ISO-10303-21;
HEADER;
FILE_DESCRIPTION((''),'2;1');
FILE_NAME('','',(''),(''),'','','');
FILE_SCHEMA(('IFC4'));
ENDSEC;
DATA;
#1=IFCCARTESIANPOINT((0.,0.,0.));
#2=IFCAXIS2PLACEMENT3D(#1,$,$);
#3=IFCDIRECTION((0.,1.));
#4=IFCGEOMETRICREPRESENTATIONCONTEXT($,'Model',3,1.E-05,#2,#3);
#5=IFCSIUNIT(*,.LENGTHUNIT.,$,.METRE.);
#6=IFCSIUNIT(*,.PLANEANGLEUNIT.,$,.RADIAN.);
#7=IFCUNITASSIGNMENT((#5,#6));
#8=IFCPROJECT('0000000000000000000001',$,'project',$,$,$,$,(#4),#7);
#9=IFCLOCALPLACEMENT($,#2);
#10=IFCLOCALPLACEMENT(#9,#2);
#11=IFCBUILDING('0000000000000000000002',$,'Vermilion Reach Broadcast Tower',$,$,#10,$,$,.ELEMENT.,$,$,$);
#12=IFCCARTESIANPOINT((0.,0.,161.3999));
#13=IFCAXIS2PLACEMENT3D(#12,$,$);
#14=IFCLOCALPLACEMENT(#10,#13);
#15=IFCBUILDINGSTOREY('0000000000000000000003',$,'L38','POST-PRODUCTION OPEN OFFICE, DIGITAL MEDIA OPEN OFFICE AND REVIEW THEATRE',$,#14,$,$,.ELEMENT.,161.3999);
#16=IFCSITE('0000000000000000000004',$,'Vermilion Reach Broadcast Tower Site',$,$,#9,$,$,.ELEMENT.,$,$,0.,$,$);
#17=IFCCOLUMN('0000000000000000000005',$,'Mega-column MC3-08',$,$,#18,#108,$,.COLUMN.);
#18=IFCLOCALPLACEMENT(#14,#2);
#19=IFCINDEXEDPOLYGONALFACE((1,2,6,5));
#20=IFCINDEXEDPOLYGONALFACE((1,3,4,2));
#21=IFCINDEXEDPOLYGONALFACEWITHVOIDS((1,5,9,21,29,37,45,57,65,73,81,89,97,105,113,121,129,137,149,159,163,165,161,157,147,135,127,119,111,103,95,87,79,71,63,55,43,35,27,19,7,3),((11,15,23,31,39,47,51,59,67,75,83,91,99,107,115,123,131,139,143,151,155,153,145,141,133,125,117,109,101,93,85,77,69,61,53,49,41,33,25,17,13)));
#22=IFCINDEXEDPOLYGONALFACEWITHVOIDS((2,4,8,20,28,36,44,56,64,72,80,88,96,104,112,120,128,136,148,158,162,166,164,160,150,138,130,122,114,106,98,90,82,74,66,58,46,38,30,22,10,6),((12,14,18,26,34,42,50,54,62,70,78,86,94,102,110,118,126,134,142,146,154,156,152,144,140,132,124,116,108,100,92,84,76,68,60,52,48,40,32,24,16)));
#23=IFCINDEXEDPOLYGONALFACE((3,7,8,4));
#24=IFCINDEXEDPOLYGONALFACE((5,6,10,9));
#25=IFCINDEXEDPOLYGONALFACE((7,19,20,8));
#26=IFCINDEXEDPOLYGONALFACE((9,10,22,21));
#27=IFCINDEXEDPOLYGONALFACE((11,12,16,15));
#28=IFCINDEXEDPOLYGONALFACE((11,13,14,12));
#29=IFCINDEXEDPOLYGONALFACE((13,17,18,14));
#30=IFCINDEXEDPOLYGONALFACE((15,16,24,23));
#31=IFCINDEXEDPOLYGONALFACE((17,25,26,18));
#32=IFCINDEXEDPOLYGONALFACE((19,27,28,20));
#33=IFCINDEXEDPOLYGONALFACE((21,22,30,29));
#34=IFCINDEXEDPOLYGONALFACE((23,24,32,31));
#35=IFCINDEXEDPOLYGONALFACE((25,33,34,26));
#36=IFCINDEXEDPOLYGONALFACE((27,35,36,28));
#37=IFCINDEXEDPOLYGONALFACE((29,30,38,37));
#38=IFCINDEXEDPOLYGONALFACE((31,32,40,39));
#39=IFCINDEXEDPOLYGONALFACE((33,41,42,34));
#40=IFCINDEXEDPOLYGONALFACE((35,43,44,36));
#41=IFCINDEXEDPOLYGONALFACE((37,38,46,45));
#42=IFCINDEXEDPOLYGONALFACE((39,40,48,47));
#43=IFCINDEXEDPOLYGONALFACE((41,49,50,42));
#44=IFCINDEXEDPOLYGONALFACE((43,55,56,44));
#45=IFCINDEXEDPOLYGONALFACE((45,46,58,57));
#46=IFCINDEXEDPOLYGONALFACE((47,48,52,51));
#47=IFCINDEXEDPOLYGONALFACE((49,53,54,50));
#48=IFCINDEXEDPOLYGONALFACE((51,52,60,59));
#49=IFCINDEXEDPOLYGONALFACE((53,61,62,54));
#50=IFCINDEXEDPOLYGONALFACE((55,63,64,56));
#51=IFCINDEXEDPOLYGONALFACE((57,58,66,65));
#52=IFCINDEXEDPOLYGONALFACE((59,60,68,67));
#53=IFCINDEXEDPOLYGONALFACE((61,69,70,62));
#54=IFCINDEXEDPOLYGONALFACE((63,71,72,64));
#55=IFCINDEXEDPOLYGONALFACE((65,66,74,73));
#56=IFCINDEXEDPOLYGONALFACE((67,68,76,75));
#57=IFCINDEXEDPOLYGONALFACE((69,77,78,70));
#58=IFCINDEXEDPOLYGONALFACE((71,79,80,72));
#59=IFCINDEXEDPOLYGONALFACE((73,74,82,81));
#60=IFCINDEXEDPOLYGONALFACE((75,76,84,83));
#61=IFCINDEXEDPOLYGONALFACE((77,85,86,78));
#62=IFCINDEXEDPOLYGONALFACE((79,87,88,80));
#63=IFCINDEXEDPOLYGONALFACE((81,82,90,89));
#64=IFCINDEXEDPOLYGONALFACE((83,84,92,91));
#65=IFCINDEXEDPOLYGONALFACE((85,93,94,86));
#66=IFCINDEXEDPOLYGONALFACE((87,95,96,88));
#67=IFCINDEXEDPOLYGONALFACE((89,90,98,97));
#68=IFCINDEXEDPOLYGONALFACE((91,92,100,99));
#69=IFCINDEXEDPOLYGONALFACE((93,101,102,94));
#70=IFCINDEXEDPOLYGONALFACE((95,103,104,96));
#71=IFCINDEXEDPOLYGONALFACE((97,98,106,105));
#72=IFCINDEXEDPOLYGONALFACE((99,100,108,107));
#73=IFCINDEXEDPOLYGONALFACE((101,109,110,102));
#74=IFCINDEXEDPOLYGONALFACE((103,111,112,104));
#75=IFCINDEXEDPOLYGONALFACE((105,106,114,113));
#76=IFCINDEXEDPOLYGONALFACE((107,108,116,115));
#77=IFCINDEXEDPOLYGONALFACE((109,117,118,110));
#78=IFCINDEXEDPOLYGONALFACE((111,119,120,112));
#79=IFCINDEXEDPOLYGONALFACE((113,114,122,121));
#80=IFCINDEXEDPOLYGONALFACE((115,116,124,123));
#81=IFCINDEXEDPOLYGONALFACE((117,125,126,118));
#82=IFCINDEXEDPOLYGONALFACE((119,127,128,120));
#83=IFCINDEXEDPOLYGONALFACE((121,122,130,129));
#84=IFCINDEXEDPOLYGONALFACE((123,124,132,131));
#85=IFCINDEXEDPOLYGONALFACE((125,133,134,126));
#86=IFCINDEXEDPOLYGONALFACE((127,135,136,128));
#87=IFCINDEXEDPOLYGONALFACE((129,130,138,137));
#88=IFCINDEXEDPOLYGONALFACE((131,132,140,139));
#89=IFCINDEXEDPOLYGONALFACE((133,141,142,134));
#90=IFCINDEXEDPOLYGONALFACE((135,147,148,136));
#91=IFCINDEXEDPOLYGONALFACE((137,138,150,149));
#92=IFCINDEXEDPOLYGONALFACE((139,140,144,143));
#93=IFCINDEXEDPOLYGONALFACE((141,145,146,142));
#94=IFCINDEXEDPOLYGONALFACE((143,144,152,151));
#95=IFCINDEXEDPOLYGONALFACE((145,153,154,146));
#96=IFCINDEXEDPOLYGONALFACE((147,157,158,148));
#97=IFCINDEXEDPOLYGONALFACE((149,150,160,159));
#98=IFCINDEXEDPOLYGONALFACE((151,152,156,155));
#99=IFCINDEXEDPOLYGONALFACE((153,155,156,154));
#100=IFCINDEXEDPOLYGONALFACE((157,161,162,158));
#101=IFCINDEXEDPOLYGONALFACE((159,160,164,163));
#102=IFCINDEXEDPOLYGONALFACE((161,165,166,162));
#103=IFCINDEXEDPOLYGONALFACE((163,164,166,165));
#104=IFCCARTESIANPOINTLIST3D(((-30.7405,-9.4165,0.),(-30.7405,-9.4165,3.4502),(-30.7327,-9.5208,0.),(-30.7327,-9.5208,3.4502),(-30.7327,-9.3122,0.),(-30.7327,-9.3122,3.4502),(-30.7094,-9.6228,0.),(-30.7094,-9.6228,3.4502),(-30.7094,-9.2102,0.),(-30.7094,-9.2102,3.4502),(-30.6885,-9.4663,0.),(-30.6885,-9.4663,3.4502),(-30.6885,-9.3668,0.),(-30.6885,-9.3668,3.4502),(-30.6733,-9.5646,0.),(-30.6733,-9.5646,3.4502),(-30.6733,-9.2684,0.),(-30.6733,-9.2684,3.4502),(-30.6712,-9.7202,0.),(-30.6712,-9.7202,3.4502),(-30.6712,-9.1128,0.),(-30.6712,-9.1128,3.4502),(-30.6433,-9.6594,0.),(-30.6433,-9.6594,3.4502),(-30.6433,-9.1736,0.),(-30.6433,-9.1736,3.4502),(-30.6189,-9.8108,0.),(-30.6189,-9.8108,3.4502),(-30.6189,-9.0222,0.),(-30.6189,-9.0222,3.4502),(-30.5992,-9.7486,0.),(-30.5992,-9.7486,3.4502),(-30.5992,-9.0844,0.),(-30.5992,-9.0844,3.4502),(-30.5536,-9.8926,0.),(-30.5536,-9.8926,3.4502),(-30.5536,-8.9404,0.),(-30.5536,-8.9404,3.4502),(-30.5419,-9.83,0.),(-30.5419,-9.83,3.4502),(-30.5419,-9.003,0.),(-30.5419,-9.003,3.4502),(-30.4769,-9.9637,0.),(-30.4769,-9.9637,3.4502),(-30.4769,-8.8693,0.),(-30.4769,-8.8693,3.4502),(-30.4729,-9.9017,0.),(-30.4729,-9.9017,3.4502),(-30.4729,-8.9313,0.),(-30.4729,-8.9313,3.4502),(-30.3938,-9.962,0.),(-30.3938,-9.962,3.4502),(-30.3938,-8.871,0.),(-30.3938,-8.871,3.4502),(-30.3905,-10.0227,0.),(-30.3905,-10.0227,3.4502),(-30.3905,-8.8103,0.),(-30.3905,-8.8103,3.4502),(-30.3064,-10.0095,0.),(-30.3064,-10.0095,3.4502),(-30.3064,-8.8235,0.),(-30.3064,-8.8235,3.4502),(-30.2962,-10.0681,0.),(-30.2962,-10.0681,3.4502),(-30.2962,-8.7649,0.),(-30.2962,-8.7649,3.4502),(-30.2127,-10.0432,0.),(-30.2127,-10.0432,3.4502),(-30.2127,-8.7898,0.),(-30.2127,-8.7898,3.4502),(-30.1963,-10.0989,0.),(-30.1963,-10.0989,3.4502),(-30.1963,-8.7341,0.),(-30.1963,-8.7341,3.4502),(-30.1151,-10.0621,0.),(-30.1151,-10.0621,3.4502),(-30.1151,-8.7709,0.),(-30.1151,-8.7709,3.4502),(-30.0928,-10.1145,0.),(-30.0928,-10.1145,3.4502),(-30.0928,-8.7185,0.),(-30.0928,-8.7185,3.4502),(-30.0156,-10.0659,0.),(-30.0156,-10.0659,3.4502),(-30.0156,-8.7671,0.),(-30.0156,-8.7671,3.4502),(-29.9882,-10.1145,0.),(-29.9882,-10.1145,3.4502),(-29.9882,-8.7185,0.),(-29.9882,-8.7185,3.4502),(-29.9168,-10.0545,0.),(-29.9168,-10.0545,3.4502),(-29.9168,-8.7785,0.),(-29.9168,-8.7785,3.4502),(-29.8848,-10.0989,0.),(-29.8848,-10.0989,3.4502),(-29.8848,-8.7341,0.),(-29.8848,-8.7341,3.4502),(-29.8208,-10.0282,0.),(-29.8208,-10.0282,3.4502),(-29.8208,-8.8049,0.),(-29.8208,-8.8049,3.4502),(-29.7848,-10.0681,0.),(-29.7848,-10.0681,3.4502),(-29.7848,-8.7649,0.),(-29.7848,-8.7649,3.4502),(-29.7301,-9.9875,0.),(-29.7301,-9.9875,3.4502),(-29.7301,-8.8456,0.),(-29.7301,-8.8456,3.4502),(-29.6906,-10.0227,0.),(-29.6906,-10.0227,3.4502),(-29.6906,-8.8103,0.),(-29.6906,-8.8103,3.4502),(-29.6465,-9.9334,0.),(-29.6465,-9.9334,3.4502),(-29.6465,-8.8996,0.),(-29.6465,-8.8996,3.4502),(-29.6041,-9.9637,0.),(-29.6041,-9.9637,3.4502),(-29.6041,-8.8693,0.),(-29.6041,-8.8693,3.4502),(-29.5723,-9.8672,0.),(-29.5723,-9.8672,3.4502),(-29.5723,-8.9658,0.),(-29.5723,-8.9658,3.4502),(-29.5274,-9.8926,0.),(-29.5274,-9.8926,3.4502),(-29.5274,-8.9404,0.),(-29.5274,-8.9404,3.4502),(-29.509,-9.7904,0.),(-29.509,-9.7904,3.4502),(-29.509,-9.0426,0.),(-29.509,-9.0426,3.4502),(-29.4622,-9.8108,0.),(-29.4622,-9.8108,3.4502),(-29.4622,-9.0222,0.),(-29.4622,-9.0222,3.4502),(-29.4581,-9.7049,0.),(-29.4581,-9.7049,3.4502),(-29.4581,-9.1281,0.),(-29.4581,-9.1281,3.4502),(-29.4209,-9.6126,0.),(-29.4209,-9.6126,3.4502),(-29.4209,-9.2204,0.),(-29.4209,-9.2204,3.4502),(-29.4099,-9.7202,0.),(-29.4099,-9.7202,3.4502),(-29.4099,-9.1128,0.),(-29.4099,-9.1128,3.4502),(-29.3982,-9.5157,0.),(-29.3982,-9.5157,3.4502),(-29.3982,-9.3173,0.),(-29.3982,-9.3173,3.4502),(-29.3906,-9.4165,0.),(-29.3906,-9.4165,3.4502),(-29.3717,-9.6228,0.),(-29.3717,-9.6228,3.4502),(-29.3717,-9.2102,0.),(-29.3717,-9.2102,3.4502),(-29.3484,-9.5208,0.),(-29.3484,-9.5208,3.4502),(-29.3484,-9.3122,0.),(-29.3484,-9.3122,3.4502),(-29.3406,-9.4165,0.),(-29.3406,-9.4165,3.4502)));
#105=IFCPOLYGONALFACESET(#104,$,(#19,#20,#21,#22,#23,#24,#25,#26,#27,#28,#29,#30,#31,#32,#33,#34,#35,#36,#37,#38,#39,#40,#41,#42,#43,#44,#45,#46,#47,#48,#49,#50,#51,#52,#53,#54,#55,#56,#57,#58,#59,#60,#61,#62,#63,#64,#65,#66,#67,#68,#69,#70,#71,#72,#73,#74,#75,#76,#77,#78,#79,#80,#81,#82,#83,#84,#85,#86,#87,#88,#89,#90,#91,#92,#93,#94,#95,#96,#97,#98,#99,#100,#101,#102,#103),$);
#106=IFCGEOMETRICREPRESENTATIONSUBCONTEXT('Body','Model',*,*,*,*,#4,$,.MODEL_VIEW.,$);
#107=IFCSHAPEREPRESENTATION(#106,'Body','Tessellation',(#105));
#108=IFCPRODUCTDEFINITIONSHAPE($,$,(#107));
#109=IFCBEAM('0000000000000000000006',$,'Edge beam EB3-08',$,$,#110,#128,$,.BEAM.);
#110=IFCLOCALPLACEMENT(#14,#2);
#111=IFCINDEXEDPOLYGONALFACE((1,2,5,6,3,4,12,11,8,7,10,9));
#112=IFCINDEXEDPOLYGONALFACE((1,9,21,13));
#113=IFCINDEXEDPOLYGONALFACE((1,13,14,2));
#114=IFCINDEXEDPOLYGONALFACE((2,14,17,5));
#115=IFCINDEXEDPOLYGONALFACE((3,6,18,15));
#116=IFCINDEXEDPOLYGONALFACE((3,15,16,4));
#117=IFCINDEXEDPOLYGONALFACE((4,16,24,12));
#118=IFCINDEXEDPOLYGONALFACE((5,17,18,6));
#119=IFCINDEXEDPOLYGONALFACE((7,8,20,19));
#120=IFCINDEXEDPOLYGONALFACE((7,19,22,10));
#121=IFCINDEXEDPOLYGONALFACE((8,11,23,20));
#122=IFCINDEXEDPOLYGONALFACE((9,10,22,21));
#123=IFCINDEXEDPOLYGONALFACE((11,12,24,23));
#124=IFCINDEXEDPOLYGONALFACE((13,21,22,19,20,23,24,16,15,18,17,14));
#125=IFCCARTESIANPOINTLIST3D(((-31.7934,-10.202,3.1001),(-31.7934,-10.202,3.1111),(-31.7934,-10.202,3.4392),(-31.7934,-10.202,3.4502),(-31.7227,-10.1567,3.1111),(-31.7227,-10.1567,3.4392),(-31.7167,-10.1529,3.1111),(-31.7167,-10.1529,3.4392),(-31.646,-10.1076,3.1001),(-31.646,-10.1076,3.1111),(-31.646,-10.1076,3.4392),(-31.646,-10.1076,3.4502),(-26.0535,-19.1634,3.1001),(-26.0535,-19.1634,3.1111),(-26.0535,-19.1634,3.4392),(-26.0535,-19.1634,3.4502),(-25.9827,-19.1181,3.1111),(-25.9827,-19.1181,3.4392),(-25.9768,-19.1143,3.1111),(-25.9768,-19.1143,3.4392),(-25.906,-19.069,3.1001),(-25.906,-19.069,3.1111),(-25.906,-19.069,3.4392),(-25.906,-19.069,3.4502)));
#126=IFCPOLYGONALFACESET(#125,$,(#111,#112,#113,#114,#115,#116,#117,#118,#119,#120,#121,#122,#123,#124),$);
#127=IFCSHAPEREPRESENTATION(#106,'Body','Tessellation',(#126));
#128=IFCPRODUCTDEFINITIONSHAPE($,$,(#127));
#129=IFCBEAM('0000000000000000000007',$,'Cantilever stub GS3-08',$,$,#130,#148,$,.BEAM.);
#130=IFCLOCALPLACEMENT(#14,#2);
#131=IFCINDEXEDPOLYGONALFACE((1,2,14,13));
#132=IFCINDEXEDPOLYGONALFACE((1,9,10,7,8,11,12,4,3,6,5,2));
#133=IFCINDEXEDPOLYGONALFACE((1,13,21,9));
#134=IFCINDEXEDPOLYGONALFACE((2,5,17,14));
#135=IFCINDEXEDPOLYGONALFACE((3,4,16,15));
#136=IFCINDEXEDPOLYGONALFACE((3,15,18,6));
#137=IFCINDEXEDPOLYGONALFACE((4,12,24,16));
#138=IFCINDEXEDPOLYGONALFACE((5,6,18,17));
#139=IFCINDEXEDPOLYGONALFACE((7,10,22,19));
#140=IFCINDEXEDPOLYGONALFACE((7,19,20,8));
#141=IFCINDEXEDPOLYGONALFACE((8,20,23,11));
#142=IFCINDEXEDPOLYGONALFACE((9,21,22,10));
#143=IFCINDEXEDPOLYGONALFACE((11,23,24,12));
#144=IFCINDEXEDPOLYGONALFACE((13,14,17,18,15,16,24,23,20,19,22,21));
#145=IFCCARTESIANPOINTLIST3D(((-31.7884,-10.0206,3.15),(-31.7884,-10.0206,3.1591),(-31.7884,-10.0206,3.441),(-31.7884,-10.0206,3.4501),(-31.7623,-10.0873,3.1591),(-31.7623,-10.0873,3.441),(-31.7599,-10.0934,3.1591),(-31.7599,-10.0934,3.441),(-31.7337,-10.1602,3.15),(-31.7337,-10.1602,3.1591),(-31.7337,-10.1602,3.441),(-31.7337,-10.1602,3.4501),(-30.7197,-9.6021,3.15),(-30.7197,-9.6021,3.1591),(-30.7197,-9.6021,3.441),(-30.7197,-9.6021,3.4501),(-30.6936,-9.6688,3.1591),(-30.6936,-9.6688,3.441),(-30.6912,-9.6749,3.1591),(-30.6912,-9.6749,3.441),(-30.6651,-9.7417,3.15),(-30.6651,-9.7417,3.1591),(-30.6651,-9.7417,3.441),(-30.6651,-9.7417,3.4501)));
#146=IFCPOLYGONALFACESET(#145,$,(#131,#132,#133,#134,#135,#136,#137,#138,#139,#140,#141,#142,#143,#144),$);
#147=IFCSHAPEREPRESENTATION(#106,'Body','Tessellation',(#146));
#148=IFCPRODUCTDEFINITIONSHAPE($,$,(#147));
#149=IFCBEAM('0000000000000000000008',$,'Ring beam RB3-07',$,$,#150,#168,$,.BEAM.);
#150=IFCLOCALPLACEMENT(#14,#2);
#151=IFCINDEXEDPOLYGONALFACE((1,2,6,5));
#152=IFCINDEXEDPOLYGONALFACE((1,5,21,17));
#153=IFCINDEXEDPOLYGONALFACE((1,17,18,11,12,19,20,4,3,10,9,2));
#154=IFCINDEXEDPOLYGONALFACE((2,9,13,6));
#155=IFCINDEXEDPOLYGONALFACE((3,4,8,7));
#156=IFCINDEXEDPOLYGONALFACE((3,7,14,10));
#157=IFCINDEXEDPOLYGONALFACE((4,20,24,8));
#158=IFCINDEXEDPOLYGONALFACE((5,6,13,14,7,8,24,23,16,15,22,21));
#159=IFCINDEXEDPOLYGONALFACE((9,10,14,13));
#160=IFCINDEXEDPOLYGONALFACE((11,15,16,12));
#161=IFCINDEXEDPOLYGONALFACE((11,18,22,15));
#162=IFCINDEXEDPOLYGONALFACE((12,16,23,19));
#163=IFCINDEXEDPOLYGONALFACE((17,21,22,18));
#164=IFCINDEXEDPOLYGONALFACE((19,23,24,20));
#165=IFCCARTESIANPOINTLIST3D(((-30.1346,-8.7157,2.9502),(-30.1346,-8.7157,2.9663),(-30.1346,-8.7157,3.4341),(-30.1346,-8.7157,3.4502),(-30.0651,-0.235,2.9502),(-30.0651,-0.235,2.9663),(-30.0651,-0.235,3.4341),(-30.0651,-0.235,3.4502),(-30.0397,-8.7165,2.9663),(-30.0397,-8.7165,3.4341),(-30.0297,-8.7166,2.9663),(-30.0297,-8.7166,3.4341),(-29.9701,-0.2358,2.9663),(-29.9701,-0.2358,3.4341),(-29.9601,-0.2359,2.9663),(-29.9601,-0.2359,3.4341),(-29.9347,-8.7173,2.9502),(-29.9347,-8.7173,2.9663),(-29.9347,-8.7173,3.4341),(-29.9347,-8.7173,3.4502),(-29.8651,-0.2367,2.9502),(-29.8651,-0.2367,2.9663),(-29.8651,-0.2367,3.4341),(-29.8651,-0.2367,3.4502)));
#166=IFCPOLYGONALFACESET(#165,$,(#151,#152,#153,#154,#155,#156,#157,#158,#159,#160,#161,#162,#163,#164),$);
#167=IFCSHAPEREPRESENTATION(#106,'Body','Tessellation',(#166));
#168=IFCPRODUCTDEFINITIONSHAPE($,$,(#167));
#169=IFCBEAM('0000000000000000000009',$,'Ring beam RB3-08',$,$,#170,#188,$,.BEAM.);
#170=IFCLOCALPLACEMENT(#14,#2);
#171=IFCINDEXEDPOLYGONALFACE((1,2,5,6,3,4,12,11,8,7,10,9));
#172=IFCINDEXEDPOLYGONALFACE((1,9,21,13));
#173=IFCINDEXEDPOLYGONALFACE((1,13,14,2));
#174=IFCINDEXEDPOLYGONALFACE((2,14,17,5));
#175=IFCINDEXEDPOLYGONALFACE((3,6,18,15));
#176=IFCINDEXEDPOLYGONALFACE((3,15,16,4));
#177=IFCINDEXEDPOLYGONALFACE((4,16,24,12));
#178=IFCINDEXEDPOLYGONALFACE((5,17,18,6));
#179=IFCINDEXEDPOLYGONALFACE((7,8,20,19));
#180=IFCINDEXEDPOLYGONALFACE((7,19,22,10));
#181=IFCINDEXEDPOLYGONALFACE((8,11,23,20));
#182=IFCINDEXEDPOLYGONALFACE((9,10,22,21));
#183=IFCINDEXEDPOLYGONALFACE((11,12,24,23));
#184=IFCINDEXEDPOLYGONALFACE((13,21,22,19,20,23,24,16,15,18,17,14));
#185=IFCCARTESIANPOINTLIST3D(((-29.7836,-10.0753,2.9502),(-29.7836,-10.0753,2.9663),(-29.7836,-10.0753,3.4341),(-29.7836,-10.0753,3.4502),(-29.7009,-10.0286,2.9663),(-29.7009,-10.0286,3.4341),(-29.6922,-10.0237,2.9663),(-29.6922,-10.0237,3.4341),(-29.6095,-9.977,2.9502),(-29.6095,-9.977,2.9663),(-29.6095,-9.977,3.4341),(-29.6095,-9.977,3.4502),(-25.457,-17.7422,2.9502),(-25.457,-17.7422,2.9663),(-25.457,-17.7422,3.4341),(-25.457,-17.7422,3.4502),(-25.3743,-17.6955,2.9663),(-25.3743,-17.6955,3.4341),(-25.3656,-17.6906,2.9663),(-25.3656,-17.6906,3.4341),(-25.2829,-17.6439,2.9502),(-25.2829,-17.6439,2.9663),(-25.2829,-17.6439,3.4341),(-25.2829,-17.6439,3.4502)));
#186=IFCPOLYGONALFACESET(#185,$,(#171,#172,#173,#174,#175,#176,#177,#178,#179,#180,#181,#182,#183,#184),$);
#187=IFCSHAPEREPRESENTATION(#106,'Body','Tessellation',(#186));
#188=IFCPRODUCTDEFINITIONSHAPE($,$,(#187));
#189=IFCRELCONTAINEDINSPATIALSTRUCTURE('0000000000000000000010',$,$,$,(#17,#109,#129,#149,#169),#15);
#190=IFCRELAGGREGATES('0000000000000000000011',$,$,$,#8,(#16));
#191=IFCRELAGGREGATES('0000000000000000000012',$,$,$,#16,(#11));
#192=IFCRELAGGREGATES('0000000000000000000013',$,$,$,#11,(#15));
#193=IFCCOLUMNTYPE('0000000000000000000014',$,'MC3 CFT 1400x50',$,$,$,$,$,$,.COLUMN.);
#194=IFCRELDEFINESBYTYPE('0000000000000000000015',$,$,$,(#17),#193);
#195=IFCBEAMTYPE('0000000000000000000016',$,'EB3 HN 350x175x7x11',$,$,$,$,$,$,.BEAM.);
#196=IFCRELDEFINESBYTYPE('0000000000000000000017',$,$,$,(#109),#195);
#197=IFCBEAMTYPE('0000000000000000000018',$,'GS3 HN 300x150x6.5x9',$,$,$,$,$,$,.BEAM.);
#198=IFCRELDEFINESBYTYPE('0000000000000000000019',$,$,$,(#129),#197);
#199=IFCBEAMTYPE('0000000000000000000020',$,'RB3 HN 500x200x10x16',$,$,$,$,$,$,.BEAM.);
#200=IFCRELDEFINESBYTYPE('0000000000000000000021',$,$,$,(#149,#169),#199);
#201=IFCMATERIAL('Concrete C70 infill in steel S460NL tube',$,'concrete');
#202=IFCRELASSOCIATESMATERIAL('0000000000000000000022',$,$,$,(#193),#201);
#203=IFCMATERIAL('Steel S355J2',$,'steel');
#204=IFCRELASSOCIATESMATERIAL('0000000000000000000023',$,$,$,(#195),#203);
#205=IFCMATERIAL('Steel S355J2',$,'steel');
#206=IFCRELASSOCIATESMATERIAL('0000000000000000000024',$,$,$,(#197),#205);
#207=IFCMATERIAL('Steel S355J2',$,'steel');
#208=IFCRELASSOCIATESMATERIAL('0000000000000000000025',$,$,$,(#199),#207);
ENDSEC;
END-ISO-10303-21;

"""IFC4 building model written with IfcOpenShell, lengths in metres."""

from ifc_helpers import new_model, si_unit, direction, frame, origin, origin_2d, place, context, subcontext, project, spatial, hollow_circle, i_section, extrude, material, material_profile, profile_set, type_object, element, save


model = new_model("IFC4")

# Units and contexts
model_context = context("Model", 3, precision=1e-05, world=origin(), true_north=direction((0.0, 1.0)))
body_context = subcontext(model_context, "Body", "Model", "MODEL_VIEW")
ifc_project = project(units=[si_unit("LENGTHUNIT", "METRE"), si_unit("PLANEANGLEUNIT", "RADIAN")], contexts=[model_context])

# Site, building, storey
site_placement = place(None, origin())
site = spatial("IfcSite", under=ifc_project, at=site_placement, Name="Vermilion Reach Broadcast Tower Site", CompositionType="ELEMENT", RefElevation=0.0)
building_placement = place(site_placement, origin())
building = spatial("IfcBuilding", under=site, at=building_placement, Name="Vermilion Reach Broadcast Tower", CompositionType="ELEMENT")
storey_placement = place(building_placement, frame((0.0, 0.0, 161.3999)))
storey = spatial("IfcBuildingStorey", under=building, at=storey_placement, Name="L38", Description="POST-PRODUCTION OPEN OFFICE, DIGITAL MEDIA OPEN OFFICE AND REVIEW THEATRE", CompositionType="ELEMENT", Elevation=161.3999)

# Column
ifc_material_1 = material(Name="Concrete C70 infill in steel S460NL tube", Category="concrete")
ifc_material_profile_1 = material_profile(ifc_material_1, hollow_circle(Radius=0.7, WallThickness=0.05, at=origin_2d()), Name="Concrete C70 infill in steel S460NL tube CFT 1400x50")
ifc_profile_set_1 = profile_set([ifc_material_profile_1], Name="Concrete C70 infill in steel S460NL tube")
column_type = type_object("IfcColumnType", Name="MC3 CFT 1400x50", PredefinedType="COLUMN", material=ifc_profile_set_1)
column_placement = place(storey_placement, frame((-30.0405, -9.4165, 0.0), z_axis=(0.0, 0.0, 1.0), x_axis=(1.0, 0.0, 0.0)))
element("IfcColumn", 1, at=column_placement, inside=storey, type_object=column_type, Name="Mega-column MC3-08", PredefinedType="COLUMN", context=body_context, shape_type="SweptSolid", body=[
    extrude(hollow_circle(Radius=0.7, WallThickness=0.05, at=origin_2d()), origin(), (0.0, 0.0, 1.0), 3.4502),
])

# Beams
ifc_material_2 = material(Name="Steel S355J2", Category="steel")
ifc_material_profile_2 = material_profile(ifc_material_2, i_section(OverallWidth=0.175, OverallDepth=0.3501, WebThickness=0.0071, FlangeThickness=0.011, at=origin_2d()), Name="S355J2 HN 350x175x7x11")
ifc_profile_set_2 = profile_set([ifc_material_profile_2], Name="Steel S355J2")
beam_type_1 = type_object("IfcBeamType", Name="EB3 HN 350x175x7x11", PredefinedType="BEAM", material=ifc_profile_set_2)
beam_1_placement = place(storey_placement, frame((-31.7197, -10.1548, 3.2751), z_axis=(0.539365, -0.842072, 0.0), x_axis=(0.842072, 0.539365, 0.0)))
element("IfcBeam", 2, at=beam_1_placement, inside=storey, type_object=beam_type_1, Name="Edge beam EB3-08", PredefinedType="BEAM", context=body_context, shape_type="SweptSolid", body=[
    extrude(i_section(OverallWidth=0.175, OverallDepth=0.3501, WebThickness=0.0071, FlangeThickness=0.011, at=origin_2d()), origin(), (0.0, 0.0, 1.0), 10.6421),
])
ifc_material_3 = material(Name="Steel S355J2", Category="steel")
ifc_material_profile_3 = material_profile(ifc_material_3, i_section(OverallWidth=0.1499, OverallDepth=0.3, WebThickness=0.0066, FlangeThickness=0.009, at=origin_2d()), Name="S355J2 HN 300x150x6.5x9")
ifc_profile_set_3 = profile_set([ifc_material_profile_3], Name="Steel S355J2")
beam_type_2 = type_object("IfcBeamType", Name="GS3 HN 300x150x6.5x9", PredefinedType="BEAM", material=ifc_profile_set_3)
beam_2_placement = place(storey_placement, frame((-30.6924, -9.6719, 3.3), z_axis=(-0.931152, -0.364632, 0.0), x_axis=(0.364632, -0.931152, 0.0)))
element("IfcBeam", 3, at=beam_2_placement, inside=storey, type_object=beam_type_2, Name="Cantilever stub GS3-08", PredefinedType="BEAM", context=body_context, shape_type="SweptSolid", body=[
    extrude(i_section(OverallWidth=0.1499, OverallDepth=0.3, WebThickness=0.0066, FlangeThickness=0.009, at=origin_2d()), origin(), (0.0, 0.0, 1.0), 1.1477),
])
ifc_material_4 = material(Name="Steel S355J2", Category="steel")
ifc_material_profile_4 = material_profile(ifc_material_4, i_section(OverallWidth=0.2, OverallDepth=0.5, WebThickness=0.01, FlangeThickness=0.0161, at=origin_2d()), Name="S355J2 HN 500x200x10x16")
ifc_profile_set_4 = profile_set([ifc_material_profile_4], Name="Steel S355J2")
beam_type_3 = type_object("IfcBeamType", Name="RB3 HN 500x200x10x16", PredefinedType="BEAM", material=ifc_profile_set_4)
beam_3_placement = place(storey_placement, frame((-29.9651, -0.2358, 3.2002), z_axis=(-0.008204, -0.999966, 0.0), x_axis=(0.999966, -0.008204, 0.0)))
element("IfcBeam", 4, at=beam_3_placement, inside=storey, type_object=beam_type_3, Name="Ring beam RB3-07", PredefinedType="BEAM", context=body_context, shape_type="SweptSolid", body=[
    extrude(i_section(OverallWidth=0.2, OverallDepth=0.5, WebThickness=0.01, FlangeThickness=0.0161, at=origin_2d()), origin(), (0.0, 0.0, 1.0), 8.481),
])
beam_4_placement = place(storey_placement, frame((-29.6965, -10.0261, 3.2002), z_axis=(0.491467, -0.870896, 0.0), x_axis=(0.870896, 0.491467, 0.0)))
element("IfcBeam", 5, at=beam_4_placement, inside=storey, type_object=beam_type_3, Name="Ring beam RB3-08", PredefinedType="BEAM", context=body_context, shape_type="SweptSolid", body=[
    extrude(i_section(OverallWidth=0.2, OverallDepth=0.5, WebThickness=0.01, FlangeThickness=0.0161, at=origin_2d()), origin(), (0.0, 0.0, 1.0), 8.8035),
])

save(model, "model.ifc")
